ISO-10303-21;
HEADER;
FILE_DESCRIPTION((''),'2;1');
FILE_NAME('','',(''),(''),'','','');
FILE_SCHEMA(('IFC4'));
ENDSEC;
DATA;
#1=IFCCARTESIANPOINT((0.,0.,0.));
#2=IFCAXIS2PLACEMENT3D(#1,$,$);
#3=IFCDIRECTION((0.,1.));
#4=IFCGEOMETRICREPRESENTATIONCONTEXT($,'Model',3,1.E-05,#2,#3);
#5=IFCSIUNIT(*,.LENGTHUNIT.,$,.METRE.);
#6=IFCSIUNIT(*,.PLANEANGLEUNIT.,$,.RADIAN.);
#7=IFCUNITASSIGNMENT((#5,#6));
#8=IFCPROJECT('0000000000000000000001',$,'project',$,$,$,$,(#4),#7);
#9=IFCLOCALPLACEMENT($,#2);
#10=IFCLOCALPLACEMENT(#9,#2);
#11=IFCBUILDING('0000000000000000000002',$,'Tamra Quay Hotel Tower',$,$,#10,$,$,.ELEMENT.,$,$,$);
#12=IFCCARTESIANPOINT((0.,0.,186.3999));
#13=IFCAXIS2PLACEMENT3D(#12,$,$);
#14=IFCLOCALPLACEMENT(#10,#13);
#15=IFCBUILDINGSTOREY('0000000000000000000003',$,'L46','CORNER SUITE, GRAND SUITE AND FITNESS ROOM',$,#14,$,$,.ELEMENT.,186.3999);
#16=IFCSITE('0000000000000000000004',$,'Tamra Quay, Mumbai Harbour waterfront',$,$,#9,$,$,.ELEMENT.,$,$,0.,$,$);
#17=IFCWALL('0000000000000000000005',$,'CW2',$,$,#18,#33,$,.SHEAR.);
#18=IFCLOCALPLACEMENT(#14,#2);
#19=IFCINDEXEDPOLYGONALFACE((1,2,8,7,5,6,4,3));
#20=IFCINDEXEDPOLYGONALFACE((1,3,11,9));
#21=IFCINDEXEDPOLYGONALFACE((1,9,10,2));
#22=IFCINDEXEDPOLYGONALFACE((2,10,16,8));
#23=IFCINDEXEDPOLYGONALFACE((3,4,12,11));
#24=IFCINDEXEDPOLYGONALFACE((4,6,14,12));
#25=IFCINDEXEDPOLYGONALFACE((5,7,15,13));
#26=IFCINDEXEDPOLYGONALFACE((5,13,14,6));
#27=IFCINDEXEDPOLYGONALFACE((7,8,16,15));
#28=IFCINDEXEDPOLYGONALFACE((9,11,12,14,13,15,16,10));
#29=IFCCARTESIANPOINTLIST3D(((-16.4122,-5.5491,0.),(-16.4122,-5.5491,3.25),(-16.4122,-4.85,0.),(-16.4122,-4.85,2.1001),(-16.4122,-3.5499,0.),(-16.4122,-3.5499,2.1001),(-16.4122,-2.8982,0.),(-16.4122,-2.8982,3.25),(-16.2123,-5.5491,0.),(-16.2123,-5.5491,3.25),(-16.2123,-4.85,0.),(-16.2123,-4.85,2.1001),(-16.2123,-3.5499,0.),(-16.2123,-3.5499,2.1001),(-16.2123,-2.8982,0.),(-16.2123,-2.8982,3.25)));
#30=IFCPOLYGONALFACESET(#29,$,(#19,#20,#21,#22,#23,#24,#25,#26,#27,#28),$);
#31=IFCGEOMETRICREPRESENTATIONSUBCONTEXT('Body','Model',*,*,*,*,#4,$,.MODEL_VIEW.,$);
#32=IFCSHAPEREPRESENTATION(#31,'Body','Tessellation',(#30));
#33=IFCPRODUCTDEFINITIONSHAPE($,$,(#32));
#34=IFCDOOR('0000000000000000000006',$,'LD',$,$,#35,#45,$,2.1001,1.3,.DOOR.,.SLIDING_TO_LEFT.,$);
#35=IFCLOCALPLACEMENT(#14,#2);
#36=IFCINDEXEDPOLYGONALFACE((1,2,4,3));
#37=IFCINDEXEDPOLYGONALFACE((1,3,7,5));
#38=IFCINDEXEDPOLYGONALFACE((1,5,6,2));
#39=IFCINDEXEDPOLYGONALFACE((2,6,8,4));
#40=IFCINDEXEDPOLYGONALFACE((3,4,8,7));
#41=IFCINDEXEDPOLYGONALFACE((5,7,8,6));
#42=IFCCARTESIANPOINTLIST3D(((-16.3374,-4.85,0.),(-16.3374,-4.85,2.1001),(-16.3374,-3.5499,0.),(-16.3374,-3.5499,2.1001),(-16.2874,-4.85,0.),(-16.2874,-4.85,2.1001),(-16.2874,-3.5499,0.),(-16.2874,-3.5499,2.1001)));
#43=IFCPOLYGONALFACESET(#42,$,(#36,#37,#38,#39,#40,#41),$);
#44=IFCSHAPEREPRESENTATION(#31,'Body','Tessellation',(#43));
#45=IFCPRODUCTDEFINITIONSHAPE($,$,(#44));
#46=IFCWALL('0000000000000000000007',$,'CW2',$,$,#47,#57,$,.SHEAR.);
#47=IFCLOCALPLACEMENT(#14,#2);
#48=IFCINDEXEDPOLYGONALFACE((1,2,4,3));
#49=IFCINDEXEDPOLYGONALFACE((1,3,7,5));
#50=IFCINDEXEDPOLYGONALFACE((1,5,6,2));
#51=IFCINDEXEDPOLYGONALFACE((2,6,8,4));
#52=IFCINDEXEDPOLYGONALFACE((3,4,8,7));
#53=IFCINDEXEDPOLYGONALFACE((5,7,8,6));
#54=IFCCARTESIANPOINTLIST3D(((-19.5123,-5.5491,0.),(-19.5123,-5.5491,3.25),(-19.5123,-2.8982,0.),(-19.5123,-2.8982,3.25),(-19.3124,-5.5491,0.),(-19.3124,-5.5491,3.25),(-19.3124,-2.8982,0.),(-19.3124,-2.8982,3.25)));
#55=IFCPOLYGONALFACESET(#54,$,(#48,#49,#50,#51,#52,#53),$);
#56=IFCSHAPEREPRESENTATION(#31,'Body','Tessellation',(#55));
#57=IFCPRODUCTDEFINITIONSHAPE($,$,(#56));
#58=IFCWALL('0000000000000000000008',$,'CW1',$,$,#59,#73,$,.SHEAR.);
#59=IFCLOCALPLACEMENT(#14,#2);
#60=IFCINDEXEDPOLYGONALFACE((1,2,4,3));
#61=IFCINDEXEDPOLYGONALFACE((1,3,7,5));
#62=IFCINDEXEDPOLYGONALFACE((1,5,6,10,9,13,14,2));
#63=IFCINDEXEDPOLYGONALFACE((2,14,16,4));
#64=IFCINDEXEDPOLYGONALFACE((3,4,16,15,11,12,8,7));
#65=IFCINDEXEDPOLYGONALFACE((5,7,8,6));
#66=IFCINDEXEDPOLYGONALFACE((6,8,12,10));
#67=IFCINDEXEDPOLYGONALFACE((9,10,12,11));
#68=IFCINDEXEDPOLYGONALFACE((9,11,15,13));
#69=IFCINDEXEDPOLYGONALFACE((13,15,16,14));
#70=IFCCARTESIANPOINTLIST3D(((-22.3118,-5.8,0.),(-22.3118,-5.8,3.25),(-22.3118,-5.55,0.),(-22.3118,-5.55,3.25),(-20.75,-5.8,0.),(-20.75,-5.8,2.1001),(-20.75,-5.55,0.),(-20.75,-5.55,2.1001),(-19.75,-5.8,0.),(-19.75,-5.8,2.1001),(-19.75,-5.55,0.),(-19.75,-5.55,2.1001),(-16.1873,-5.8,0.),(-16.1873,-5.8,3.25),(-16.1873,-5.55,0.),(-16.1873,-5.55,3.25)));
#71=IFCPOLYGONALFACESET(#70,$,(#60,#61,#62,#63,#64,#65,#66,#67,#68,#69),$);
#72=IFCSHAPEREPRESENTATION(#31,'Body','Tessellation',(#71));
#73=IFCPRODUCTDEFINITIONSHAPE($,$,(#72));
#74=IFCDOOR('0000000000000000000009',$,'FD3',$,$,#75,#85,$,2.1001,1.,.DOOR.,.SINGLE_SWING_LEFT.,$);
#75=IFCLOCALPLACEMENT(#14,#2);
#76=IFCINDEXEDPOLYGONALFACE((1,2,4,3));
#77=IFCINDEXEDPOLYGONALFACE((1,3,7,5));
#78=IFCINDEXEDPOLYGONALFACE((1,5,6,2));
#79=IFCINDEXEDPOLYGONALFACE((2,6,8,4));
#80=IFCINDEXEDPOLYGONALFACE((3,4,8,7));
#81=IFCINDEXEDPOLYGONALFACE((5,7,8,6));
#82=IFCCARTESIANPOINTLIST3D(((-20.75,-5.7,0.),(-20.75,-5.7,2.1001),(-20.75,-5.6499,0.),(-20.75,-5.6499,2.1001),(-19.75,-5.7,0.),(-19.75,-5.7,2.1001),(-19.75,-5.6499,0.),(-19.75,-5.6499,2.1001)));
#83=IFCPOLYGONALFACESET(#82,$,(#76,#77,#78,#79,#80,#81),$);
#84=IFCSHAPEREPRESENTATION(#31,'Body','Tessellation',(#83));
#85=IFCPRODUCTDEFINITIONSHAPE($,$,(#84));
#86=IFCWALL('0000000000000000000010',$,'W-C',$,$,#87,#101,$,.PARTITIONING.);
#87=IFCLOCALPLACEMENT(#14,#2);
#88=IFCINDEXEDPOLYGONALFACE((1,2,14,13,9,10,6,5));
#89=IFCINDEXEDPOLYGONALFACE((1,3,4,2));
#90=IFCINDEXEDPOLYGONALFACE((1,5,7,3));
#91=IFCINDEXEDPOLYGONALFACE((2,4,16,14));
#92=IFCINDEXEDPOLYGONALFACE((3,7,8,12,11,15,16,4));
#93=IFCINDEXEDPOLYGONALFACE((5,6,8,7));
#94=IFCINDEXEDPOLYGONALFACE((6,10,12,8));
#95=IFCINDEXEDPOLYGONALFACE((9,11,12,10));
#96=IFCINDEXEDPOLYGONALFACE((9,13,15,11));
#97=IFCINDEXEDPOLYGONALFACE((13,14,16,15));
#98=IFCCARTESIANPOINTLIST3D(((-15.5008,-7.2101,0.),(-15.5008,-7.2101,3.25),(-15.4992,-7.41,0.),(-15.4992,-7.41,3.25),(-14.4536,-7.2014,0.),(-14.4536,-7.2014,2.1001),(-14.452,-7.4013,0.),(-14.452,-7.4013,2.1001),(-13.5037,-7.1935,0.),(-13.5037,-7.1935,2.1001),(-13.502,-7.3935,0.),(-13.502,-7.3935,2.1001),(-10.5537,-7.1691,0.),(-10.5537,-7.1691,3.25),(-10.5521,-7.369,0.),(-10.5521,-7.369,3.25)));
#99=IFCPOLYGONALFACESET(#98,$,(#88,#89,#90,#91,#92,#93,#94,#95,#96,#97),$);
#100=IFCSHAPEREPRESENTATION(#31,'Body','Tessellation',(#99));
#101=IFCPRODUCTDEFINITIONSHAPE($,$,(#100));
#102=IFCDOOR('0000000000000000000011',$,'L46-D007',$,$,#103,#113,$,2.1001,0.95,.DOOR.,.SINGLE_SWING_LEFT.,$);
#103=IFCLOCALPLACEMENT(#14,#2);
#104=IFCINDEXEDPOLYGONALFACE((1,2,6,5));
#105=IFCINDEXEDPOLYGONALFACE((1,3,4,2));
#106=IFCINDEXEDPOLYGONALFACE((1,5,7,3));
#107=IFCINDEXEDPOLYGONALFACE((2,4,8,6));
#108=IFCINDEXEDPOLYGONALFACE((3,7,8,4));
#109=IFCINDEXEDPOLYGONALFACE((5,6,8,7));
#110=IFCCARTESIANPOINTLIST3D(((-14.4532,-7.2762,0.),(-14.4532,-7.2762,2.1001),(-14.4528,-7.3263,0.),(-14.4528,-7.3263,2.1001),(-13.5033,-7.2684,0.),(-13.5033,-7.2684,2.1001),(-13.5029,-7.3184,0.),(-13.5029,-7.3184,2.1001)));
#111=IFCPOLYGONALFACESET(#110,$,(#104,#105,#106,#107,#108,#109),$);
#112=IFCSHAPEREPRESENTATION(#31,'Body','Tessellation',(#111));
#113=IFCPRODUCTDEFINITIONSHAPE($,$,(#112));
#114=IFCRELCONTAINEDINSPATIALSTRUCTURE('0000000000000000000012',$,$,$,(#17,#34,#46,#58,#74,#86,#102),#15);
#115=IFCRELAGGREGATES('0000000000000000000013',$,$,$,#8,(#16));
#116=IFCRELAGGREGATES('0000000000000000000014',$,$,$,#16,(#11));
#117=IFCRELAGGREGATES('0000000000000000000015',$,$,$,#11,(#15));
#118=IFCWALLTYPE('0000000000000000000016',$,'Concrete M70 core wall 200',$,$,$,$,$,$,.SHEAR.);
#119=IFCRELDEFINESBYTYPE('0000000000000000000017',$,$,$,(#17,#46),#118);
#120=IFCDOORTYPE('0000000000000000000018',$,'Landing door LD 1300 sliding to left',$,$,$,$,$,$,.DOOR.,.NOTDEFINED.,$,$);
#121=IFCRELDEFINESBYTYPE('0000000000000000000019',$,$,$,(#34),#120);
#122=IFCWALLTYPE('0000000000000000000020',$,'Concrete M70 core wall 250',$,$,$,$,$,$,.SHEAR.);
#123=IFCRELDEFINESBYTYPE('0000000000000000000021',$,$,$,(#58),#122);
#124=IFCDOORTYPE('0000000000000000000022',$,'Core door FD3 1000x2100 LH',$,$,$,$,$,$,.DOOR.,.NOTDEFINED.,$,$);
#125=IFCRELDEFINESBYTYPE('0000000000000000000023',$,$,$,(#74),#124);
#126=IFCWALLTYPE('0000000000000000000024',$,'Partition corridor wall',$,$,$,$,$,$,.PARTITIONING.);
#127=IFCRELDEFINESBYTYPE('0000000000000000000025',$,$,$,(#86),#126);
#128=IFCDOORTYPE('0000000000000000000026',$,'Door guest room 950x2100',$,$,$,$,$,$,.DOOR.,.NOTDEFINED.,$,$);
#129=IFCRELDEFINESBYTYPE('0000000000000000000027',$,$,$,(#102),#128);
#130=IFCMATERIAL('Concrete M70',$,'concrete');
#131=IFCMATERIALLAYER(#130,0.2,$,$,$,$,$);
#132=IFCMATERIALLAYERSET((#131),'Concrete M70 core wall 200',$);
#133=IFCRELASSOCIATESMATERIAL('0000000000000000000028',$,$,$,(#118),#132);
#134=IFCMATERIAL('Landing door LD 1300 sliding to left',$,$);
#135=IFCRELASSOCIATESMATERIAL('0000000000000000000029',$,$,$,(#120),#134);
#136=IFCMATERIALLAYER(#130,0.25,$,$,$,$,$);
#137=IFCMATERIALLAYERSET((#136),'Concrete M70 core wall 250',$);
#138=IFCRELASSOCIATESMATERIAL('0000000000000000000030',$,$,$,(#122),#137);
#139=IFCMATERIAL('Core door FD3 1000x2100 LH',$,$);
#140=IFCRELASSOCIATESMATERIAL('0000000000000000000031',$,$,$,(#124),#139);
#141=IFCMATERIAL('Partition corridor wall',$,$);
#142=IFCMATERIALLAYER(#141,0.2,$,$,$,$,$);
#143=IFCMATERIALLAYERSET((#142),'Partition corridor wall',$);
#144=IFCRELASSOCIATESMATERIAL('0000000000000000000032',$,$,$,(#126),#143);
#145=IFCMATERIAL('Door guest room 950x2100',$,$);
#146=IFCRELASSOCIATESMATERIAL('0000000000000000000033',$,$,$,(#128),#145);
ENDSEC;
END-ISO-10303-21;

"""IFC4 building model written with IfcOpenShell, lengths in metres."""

from ifc_helpers import new_model, si_unit, direction, frame, frame_2d, origin, place, context, subcontext, project, spatial, rectangle, extrude, material, layer, layer_set, type_object, element, fill, save


model = new_model("IFC4")

# Units and contexts
model_context = context("Model", 3, precision=1e-05, world=origin(), true_north=direction((0.0, 1.0)))
body_context = subcontext(model_context, "Body", "Model", "MODEL_VIEW")
ifc_project = project(units=[si_unit("LENGTHUNIT", "METRE"), si_unit("PLANEANGLEUNIT", "RADIAN")], contexts=[model_context])

# Site, building, storey
site_placement = place(None, origin())
site = spatial("IfcSite", under=ifc_project, at=site_placement, Name="Tamra Quay, Mumbai Harbour waterfront", CompositionType="ELEMENT", RefElevation=0.0)
building_placement = place(site_placement, origin())
building = spatial("IfcBuilding", under=site, at=building_placement, Name="Tamra Quay Hotel Tower", CompositionType="ELEMENT")
storey_placement = place(building_placement, frame((0.0, 0.0, 186.3999)))
storey = spatial("IfcBuildingStorey", under=building, at=storey_placement, Name="L46", Description="CORNER SUITE, GRAND SUITE AND FITNESS ROOM", CompositionType="ELEMENT", Elevation=186.3999)

# Shared definitions
ifc_material_1 = material(Name="Concrete M70", Category="concrete")

# Shared definitions
ifc_layer_1 = layer(ifc_material_1, 0.2)
ifc_layer_set_1 = layer_set([ifc_layer_1], Name="Concrete M70 core wall 200")
wall_type_1 = type_object("IfcWallType", Name="Concrete M70 core wall 200", PredefinedType="SHEAR", material=ifc_layer_set_1)

# Wall, opening, door
wall_1_placement = place(storey_placement, frame((-16.3123, -2.8982, 0.0), z_axis=(0.0, 0.0, 1.0), x_axis=(0.0, -1.0, 0.0)))
wall_1 = element("IfcWall", 1, at=wall_1_placement, inside=storey, type_object=wall_type_1, Name="CW2", PredefinedType="SHEAR", context=body_context, shape_type="SweptSolid", body=[
    extrude(rectangle(XDim=2.6509, YDim=0.2, at=frame_2d((1.3254, 0.0))), origin(), (0.0, 0.0, 1.0), 3.25),
])
opening_1_placement = place(wall_1_placement, frame((0.6519, 0.0, 0.0)))
opening_1 = element("IfcOpeningElement", 2, at=opening_1_placement, cuts=wall_1, PredefinedType="OPENING", context=body_context, shape_type="SweptSolid", body=[
    extrude(rectangle(XDim=1.3, YDim=2.1001, at=frame_2d((0.6499, 1.05))), frame((0.0, 0.1099, 0.0), z_axis=(0.0, -1.0, 0.0), x_axis=(1.0, 0.0, 0.0)), (0.0, 0.0, 1.0), 0.22),
])
ifc_material_2 = material(Name="Landing door LD 1300 sliding to left")
door_type_1 = type_object("IfcDoorType", Name="Landing door LD 1300 sliding to left", OperationType="NOTDEFINED", PredefinedType="DOOR", material=ifc_material_2)
door_1_placement = place(opening_1_placement, origin())
door_1 = element("IfcDoor", 3, at=door_1_placement, inside=storey, type_object=door_type_1, Name="LD", OperationType="SLIDING_TO_LEFT", OverallHeight=2.1001, OverallWidth=1.3, PredefinedType="DOOR", context=body_context, shape_type="SweptSolid", body=[
    extrude(rectangle(XDim=1.3, YDim=2.1001, at=frame_2d((0.6499, 1.05))), frame((0.0, 0.0249, 0.0), z_axis=(0.0, -1.0, 0.0), x_axis=(1.0, 0.0, 0.0)), (0.0, 0.0, 1.0), 0.05),
])
fill(opening_1, door_1)

# Wall
wall_2_placement = place(storey_placement, frame((-19.4124, -5.5491, 0.0), z_axis=(0.0, 0.0, 1.0), x_axis=(0.0, 1.0, 0.0)))
element("IfcWall", 4, at=wall_2_placement, inside=storey, type_object=wall_type_1, Name="CW2", PredefinedType="SHEAR", context=body_context, shape_type="SweptSolid", body=[
    extrude(rectangle(XDim=2.6509, YDim=0.2, at=frame_2d((1.3254, 0.0))), origin(), (0.0, 0.0, 1.0), 3.25),
])

# Walls, openings, doors
ifc_layer_2 = layer(ifc_material_1, 0.25)
ifc_layer_set_2 = layer_set([ifc_layer_2], Name="Concrete M70 core wall 250")
wall_type_2 = type_object("IfcWallType", Name="Concrete M70 core wall 250", PredefinedType="SHEAR", material=ifc_layer_set_2)
wall_3_placement = place(storey_placement, frame((-16.1873, -5.675, 0.0), z_axis=(0.0, 0.0, 1.0), x_axis=(-1.0, 0.0, 0.0)))
wall_3 = element("IfcWall", 5, at=wall_3_placement, inside=storey, type_object=wall_type_2, Name="CW1", PredefinedType="SHEAR", context=body_context, shape_type="SweptSolid", body=[
    extrude(rectangle(XDim=6.1245, YDim=0.25, at=frame_2d((3.0623, 0.0))), origin(), (0.0, 0.0, 1.0), 3.25),
])
opening_2_placement = place(wall_3_placement, frame((3.5627, 0.0, 0.0)))
opening_2 = element("IfcOpeningElement", 6, at=opening_2_placement, cuts=wall_3, PredefinedType="OPENING", context=body_context, shape_type="SweptSolid", body=[
    extrude(rectangle(XDim=1.0, YDim=2.1001, at=frame_2d((0.5, 1.05))), frame((0.0, 0.135, 0.0), z_axis=(0.0, -1.0, 0.0), x_axis=(1.0, 0.0, 0.0)), (0.0, 0.0, 1.0), 0.27),
])
ifc_material_3 = material(Name="Core door FD3 1000x2100 LH")
door_type_2 = type_object("IfcDoorType", Name="Core door FD3 1000x2100 LH", OperationType="NOTDEFINED", PredefinedType="DOOR", material=ifc_material_3)
door_2_placement = place(opening_2_placement, origin())
door_2 = element("IfcDoor", 7, at=door_2_placement, inside=storey, type_object=door_type_2, Name="FD3", OperationType="SINGLE_SWING_LEFT", OverallHeight=2.1001, OverallWidth=1.0, PredefinedType="DOOR", context=body_context, shape_type="SweptSolid", body=[
    extrude(rectangle(XDim=1.0, YDim=2.1001, at=frame_2d((0.5, 1.05))), frame((0.0, 0.0249, 0.0), z_axis=(0.0, -1.0, 0.0), x_axis=(1.0, 0.0, 0.0)), (0.0, 0.0, 1.0), 0.05),
])
fill(opening_2, door_2)
ifc_material_4 = material(Name="Partition corridor wall")
ifc_layer_3 = layer(ifc_material_4, 0.2)
ifc_layer_set_3 = layer_set([ifc_layer_3], Name="Partition corridor wall")
wall_type_3 = type_object("IfcWallType", Name="Partition corridor wall", PredefinedType="PARTITIONING", material=ifc_layer_set_3)
wall_4_placement = place(storey_placement, frame((-15.5, -7.3101, 0.0), z_axis=(0.0, 0.0, 1.0), x_axis=(0.999966, 0.008291, 0.0)))
wall_4 = element("IfcWall", 8, at=wall_4_placement, inside=storey, type_object=wall_type_3, Name="W-C", PredefinedType="PARTITIONING", context=body_context, shape_type="SweptSolid", body=[
    extrude(rectangle(XDim=4.9473, YDim=0.2, at=frame_2d((2.4736, 0.0))), origin(), (0.0, 0.0, 1.0), 3.25),
])
opening_3_placement = place(wall_4_placement, frame((1.0471, 0.0, 0.0)))
opening_3 = element("IfcOpeningElement", 9, at=opening_3_placement, cuts=wall_4, PredefinedType="OPENING", context=body_context, shape_type="SweptSolid", body=[
    extrude(rectangle(XDim=0.95, YDim=2.1001, at=frame_2d((0.4751, 1.05))), frame((0.0, 0.1099, 0.0), z_axis=(0.0, -1.0, 0.0), x_axis=(1.0, 0.0, 0.0)), (0.0, 0.0, 1.0), 0.22),
])
ifc_material_5 = material(Name="Door guest room 950x2100")
door_type_3 = type_object("IfcDoorType", Name="Door guest room 950x2100", OperationType="NOTDEFINED", PredefinedType="DOOR", material=ifc_material_5)
door_3_placement = place(opening_3_placement, frame((0.95, 0.0, 0.0), z_axis=(0.0, 0.0, 1.0), x_axis=(-1.0, 0.0, 0.0)))
door_3 = element("IfcDoor", 10, at=door_3_placement, inside=storey, type_object=door_type_3, Name="L46-D007", OperationType="SINGLE_SWING_LEFT", OverallHeight=2.1001, OverallWidth=0.95, PredefinedType="DOOR", context=body_context, shape_type="SweptSolid", body=[
    extrude(rectangle(XDim=0.95, YDim=2.1001, at=frame_2d((0.4751, 1.05))), frame((0.0, 0.0249, 0.0), z_axis=(0.0, -1.0, 0.0), x_axis=(1.0, 0.0, 0.0)), (0.0, 0.0, 1.0), 0.05),
])
fill(opening_3, door_3)

save(model, "model.ifc")
